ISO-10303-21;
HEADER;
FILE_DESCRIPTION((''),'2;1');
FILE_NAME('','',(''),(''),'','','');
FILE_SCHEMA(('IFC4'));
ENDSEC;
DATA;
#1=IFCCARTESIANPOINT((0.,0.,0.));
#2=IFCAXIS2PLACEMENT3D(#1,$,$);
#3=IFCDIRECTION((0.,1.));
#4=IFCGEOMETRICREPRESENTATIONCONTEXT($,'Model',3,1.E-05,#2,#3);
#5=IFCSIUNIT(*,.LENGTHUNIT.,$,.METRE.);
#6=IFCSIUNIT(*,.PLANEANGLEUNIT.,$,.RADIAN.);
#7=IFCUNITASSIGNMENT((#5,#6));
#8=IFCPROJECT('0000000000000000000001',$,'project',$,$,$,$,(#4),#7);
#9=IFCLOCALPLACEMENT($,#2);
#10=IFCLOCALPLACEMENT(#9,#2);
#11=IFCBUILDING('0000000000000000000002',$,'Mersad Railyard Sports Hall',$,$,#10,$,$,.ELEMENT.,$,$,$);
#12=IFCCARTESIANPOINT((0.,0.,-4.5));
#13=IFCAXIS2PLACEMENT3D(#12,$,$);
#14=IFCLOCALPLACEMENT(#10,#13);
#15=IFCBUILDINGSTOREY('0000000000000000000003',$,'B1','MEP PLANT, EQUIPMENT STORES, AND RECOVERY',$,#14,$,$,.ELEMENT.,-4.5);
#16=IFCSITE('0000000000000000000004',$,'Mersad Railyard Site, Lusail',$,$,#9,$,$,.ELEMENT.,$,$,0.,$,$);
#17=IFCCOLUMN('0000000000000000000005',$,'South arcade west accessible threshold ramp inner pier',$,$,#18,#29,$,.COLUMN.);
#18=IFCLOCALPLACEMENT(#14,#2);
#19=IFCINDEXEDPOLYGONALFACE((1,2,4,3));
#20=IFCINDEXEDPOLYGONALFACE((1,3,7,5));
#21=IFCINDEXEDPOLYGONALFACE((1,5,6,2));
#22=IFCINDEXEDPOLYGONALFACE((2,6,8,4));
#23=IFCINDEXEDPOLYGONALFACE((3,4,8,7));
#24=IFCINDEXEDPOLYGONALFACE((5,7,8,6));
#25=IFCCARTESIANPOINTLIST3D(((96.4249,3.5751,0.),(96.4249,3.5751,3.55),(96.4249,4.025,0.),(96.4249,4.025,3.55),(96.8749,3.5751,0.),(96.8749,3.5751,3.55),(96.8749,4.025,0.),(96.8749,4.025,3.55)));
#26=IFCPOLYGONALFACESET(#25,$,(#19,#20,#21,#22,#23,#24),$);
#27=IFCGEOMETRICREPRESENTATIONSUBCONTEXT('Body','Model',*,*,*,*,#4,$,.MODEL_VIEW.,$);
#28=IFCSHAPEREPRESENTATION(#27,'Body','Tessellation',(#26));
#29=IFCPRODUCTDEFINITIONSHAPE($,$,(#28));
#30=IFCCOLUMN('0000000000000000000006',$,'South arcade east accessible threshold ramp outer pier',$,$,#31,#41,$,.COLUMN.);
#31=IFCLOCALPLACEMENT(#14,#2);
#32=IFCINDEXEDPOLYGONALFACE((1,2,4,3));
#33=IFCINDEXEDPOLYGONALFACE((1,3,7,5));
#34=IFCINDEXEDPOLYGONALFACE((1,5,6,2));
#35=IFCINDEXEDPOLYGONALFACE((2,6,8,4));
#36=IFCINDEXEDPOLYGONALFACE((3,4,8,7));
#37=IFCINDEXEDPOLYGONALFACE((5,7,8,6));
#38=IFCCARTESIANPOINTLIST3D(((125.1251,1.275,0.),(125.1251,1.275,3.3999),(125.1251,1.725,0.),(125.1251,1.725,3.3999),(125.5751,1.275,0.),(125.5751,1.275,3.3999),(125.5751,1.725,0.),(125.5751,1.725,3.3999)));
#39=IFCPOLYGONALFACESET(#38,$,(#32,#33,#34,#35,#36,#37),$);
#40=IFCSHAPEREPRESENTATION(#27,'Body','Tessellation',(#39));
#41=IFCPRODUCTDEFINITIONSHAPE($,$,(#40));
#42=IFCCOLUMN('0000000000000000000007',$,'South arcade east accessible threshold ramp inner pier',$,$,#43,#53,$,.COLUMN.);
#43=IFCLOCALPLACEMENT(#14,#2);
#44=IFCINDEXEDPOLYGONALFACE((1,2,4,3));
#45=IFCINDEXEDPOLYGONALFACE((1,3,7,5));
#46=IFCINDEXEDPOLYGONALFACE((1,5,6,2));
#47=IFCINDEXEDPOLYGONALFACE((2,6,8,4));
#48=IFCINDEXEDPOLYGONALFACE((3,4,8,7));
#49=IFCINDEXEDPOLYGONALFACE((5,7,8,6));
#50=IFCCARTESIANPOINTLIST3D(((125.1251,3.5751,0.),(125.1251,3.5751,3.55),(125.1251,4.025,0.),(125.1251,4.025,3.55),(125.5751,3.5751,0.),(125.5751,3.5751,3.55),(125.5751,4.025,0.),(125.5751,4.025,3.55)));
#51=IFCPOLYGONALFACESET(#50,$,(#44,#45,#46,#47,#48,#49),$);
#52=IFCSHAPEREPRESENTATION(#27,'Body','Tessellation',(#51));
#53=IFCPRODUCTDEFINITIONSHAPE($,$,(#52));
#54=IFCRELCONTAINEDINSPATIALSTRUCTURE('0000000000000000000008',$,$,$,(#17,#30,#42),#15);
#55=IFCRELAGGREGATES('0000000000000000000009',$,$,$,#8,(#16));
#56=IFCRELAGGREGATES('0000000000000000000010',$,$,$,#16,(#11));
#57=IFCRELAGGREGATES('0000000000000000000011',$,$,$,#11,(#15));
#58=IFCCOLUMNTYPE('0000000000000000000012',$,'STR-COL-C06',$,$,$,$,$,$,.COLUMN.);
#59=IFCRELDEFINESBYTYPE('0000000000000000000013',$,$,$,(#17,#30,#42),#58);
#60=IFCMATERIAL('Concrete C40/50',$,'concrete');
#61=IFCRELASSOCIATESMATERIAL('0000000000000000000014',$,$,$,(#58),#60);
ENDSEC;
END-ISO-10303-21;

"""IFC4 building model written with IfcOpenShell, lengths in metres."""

from ifc_helpers import new_model, si_unit, direction, frame, origin, origin_2d, place, context, subcontext, project, spatial, rectangle, extrude, material, material_profile, profile_set, type_object, element, save


model = new_model("IFC4")

# Units and contexts
model_context = context("Model", 3, precision=1e-05, world=origin(), true_north=direction((0.0, 1.0)))
body_context = subcontext(model_context, "Body", "Model", "MODEL_VIEW")
ifc_project = project(units=[si_unit("LENGTHUNIT", "METRE"), si_unit("PLANEANGLEUNIT", "RADIAN")], contexts=[model_context])

# Site, building, storey
site_placement = place(None, origin())
site = spatial("IfcSite", under=ifc_project, at=site_placement, Name="Mersad Railyard Site, Lusail", CompositionType="ELEMENT", RefElevation=0.0)
building_placement = place(site_placement, origin())
building = spatial("IfcBuilding", under=site, at=building_placement, Name="Mersad Railyard Sports Hall", CompositionType="ELEMENT")
storey_placement = place(building_placement, frame((0.0, 0.0, -4.5)))
storey = spatial("IfcBuildingStorey", under=building, at=storey_placement, Name="B1", Description="MEP PLANT, EQUIPMENT STORES, AND RECOVERY", CompositionType="ELEMENT", Elevation=-4.5)

# Shared definitions
ifc_material_1 = material(Name="Concrete C40/50", Category="concrete")

# Columns
ifc_material_profile_1 = material_profile(ifc_material_1, rectangle(XDim=0.45, YDim=0.45, at=origin_2d()), Name="RC 450x450")
ifc_profile_set_1 = profile_set([ifc_material_profile_1], Name="Concrete C40/50")
column_type_1 = type_object("IfcColumnType", Name="STR-COL-C06", PredefinedType="COLUMN", material=ifc_profile_set_1)
column_1_placement = place(storey_placement, frame((96.6499, 3.8, 0.0), z_axis=(0.0, 0.0, 1.0), x_axis=(1.0, 0.0, 0.0)))
element("IfcColumn", 1, at=column_1_placement, inside=storey, type_object=column_type_1, Name="South arcade west accessible threshold ramp inner pier", PredefinedType="COLUMN", context=body_context, shape_type="SweptSolid", body=[
    extrude(rectangle(XDim=0.45, YDim=0.45, at=origin_2d()), origin(), (0.0, 0.0, 1.0), 3.55),
])
column_2_placement = place(storey_placement, frame((125.3501, 1.5, 0.0), z_axis=(0.0, 0.0, 1.0), x_axis=(1.0, 0.0, 0.0)))
element("IfcColumn", 2, at=column_2_placement, inside=storey, type_object=column_type_1, Name="South arcade east accessible threshold ramp outer pier", PredefinedType="COLUMN", context=body_context, shape_type="SweptSolid", body=[
    extrude(rectangle(XDim=0.45, YDim=0.45, at=origin_2d()), origin(), (0.0, 0.0, 1.0), 3.3999),
])
column_3_placement = place(storey_placement, frame((125.3501, 3.8, 0.0), z_axis=(0.0, 0.0, 1.0), x_axis=(1.0, 0.0, 0.0)))
element("IfcColumn", 3, at=column_3_placement, inside=storey, type_object=column_type_1, Name="South arcade east accessible threshold ramp inner pier", PredefinedType="COLUMN", context=body_context, shape_type="SweptSolid", body=[
    extrude(rectangle(XDim=0.45, YDim=0.45, at=origin_2d()), origin(), (0.0, 0.0, 1.0), 3.55),
])

save(model, "model.ifc")
